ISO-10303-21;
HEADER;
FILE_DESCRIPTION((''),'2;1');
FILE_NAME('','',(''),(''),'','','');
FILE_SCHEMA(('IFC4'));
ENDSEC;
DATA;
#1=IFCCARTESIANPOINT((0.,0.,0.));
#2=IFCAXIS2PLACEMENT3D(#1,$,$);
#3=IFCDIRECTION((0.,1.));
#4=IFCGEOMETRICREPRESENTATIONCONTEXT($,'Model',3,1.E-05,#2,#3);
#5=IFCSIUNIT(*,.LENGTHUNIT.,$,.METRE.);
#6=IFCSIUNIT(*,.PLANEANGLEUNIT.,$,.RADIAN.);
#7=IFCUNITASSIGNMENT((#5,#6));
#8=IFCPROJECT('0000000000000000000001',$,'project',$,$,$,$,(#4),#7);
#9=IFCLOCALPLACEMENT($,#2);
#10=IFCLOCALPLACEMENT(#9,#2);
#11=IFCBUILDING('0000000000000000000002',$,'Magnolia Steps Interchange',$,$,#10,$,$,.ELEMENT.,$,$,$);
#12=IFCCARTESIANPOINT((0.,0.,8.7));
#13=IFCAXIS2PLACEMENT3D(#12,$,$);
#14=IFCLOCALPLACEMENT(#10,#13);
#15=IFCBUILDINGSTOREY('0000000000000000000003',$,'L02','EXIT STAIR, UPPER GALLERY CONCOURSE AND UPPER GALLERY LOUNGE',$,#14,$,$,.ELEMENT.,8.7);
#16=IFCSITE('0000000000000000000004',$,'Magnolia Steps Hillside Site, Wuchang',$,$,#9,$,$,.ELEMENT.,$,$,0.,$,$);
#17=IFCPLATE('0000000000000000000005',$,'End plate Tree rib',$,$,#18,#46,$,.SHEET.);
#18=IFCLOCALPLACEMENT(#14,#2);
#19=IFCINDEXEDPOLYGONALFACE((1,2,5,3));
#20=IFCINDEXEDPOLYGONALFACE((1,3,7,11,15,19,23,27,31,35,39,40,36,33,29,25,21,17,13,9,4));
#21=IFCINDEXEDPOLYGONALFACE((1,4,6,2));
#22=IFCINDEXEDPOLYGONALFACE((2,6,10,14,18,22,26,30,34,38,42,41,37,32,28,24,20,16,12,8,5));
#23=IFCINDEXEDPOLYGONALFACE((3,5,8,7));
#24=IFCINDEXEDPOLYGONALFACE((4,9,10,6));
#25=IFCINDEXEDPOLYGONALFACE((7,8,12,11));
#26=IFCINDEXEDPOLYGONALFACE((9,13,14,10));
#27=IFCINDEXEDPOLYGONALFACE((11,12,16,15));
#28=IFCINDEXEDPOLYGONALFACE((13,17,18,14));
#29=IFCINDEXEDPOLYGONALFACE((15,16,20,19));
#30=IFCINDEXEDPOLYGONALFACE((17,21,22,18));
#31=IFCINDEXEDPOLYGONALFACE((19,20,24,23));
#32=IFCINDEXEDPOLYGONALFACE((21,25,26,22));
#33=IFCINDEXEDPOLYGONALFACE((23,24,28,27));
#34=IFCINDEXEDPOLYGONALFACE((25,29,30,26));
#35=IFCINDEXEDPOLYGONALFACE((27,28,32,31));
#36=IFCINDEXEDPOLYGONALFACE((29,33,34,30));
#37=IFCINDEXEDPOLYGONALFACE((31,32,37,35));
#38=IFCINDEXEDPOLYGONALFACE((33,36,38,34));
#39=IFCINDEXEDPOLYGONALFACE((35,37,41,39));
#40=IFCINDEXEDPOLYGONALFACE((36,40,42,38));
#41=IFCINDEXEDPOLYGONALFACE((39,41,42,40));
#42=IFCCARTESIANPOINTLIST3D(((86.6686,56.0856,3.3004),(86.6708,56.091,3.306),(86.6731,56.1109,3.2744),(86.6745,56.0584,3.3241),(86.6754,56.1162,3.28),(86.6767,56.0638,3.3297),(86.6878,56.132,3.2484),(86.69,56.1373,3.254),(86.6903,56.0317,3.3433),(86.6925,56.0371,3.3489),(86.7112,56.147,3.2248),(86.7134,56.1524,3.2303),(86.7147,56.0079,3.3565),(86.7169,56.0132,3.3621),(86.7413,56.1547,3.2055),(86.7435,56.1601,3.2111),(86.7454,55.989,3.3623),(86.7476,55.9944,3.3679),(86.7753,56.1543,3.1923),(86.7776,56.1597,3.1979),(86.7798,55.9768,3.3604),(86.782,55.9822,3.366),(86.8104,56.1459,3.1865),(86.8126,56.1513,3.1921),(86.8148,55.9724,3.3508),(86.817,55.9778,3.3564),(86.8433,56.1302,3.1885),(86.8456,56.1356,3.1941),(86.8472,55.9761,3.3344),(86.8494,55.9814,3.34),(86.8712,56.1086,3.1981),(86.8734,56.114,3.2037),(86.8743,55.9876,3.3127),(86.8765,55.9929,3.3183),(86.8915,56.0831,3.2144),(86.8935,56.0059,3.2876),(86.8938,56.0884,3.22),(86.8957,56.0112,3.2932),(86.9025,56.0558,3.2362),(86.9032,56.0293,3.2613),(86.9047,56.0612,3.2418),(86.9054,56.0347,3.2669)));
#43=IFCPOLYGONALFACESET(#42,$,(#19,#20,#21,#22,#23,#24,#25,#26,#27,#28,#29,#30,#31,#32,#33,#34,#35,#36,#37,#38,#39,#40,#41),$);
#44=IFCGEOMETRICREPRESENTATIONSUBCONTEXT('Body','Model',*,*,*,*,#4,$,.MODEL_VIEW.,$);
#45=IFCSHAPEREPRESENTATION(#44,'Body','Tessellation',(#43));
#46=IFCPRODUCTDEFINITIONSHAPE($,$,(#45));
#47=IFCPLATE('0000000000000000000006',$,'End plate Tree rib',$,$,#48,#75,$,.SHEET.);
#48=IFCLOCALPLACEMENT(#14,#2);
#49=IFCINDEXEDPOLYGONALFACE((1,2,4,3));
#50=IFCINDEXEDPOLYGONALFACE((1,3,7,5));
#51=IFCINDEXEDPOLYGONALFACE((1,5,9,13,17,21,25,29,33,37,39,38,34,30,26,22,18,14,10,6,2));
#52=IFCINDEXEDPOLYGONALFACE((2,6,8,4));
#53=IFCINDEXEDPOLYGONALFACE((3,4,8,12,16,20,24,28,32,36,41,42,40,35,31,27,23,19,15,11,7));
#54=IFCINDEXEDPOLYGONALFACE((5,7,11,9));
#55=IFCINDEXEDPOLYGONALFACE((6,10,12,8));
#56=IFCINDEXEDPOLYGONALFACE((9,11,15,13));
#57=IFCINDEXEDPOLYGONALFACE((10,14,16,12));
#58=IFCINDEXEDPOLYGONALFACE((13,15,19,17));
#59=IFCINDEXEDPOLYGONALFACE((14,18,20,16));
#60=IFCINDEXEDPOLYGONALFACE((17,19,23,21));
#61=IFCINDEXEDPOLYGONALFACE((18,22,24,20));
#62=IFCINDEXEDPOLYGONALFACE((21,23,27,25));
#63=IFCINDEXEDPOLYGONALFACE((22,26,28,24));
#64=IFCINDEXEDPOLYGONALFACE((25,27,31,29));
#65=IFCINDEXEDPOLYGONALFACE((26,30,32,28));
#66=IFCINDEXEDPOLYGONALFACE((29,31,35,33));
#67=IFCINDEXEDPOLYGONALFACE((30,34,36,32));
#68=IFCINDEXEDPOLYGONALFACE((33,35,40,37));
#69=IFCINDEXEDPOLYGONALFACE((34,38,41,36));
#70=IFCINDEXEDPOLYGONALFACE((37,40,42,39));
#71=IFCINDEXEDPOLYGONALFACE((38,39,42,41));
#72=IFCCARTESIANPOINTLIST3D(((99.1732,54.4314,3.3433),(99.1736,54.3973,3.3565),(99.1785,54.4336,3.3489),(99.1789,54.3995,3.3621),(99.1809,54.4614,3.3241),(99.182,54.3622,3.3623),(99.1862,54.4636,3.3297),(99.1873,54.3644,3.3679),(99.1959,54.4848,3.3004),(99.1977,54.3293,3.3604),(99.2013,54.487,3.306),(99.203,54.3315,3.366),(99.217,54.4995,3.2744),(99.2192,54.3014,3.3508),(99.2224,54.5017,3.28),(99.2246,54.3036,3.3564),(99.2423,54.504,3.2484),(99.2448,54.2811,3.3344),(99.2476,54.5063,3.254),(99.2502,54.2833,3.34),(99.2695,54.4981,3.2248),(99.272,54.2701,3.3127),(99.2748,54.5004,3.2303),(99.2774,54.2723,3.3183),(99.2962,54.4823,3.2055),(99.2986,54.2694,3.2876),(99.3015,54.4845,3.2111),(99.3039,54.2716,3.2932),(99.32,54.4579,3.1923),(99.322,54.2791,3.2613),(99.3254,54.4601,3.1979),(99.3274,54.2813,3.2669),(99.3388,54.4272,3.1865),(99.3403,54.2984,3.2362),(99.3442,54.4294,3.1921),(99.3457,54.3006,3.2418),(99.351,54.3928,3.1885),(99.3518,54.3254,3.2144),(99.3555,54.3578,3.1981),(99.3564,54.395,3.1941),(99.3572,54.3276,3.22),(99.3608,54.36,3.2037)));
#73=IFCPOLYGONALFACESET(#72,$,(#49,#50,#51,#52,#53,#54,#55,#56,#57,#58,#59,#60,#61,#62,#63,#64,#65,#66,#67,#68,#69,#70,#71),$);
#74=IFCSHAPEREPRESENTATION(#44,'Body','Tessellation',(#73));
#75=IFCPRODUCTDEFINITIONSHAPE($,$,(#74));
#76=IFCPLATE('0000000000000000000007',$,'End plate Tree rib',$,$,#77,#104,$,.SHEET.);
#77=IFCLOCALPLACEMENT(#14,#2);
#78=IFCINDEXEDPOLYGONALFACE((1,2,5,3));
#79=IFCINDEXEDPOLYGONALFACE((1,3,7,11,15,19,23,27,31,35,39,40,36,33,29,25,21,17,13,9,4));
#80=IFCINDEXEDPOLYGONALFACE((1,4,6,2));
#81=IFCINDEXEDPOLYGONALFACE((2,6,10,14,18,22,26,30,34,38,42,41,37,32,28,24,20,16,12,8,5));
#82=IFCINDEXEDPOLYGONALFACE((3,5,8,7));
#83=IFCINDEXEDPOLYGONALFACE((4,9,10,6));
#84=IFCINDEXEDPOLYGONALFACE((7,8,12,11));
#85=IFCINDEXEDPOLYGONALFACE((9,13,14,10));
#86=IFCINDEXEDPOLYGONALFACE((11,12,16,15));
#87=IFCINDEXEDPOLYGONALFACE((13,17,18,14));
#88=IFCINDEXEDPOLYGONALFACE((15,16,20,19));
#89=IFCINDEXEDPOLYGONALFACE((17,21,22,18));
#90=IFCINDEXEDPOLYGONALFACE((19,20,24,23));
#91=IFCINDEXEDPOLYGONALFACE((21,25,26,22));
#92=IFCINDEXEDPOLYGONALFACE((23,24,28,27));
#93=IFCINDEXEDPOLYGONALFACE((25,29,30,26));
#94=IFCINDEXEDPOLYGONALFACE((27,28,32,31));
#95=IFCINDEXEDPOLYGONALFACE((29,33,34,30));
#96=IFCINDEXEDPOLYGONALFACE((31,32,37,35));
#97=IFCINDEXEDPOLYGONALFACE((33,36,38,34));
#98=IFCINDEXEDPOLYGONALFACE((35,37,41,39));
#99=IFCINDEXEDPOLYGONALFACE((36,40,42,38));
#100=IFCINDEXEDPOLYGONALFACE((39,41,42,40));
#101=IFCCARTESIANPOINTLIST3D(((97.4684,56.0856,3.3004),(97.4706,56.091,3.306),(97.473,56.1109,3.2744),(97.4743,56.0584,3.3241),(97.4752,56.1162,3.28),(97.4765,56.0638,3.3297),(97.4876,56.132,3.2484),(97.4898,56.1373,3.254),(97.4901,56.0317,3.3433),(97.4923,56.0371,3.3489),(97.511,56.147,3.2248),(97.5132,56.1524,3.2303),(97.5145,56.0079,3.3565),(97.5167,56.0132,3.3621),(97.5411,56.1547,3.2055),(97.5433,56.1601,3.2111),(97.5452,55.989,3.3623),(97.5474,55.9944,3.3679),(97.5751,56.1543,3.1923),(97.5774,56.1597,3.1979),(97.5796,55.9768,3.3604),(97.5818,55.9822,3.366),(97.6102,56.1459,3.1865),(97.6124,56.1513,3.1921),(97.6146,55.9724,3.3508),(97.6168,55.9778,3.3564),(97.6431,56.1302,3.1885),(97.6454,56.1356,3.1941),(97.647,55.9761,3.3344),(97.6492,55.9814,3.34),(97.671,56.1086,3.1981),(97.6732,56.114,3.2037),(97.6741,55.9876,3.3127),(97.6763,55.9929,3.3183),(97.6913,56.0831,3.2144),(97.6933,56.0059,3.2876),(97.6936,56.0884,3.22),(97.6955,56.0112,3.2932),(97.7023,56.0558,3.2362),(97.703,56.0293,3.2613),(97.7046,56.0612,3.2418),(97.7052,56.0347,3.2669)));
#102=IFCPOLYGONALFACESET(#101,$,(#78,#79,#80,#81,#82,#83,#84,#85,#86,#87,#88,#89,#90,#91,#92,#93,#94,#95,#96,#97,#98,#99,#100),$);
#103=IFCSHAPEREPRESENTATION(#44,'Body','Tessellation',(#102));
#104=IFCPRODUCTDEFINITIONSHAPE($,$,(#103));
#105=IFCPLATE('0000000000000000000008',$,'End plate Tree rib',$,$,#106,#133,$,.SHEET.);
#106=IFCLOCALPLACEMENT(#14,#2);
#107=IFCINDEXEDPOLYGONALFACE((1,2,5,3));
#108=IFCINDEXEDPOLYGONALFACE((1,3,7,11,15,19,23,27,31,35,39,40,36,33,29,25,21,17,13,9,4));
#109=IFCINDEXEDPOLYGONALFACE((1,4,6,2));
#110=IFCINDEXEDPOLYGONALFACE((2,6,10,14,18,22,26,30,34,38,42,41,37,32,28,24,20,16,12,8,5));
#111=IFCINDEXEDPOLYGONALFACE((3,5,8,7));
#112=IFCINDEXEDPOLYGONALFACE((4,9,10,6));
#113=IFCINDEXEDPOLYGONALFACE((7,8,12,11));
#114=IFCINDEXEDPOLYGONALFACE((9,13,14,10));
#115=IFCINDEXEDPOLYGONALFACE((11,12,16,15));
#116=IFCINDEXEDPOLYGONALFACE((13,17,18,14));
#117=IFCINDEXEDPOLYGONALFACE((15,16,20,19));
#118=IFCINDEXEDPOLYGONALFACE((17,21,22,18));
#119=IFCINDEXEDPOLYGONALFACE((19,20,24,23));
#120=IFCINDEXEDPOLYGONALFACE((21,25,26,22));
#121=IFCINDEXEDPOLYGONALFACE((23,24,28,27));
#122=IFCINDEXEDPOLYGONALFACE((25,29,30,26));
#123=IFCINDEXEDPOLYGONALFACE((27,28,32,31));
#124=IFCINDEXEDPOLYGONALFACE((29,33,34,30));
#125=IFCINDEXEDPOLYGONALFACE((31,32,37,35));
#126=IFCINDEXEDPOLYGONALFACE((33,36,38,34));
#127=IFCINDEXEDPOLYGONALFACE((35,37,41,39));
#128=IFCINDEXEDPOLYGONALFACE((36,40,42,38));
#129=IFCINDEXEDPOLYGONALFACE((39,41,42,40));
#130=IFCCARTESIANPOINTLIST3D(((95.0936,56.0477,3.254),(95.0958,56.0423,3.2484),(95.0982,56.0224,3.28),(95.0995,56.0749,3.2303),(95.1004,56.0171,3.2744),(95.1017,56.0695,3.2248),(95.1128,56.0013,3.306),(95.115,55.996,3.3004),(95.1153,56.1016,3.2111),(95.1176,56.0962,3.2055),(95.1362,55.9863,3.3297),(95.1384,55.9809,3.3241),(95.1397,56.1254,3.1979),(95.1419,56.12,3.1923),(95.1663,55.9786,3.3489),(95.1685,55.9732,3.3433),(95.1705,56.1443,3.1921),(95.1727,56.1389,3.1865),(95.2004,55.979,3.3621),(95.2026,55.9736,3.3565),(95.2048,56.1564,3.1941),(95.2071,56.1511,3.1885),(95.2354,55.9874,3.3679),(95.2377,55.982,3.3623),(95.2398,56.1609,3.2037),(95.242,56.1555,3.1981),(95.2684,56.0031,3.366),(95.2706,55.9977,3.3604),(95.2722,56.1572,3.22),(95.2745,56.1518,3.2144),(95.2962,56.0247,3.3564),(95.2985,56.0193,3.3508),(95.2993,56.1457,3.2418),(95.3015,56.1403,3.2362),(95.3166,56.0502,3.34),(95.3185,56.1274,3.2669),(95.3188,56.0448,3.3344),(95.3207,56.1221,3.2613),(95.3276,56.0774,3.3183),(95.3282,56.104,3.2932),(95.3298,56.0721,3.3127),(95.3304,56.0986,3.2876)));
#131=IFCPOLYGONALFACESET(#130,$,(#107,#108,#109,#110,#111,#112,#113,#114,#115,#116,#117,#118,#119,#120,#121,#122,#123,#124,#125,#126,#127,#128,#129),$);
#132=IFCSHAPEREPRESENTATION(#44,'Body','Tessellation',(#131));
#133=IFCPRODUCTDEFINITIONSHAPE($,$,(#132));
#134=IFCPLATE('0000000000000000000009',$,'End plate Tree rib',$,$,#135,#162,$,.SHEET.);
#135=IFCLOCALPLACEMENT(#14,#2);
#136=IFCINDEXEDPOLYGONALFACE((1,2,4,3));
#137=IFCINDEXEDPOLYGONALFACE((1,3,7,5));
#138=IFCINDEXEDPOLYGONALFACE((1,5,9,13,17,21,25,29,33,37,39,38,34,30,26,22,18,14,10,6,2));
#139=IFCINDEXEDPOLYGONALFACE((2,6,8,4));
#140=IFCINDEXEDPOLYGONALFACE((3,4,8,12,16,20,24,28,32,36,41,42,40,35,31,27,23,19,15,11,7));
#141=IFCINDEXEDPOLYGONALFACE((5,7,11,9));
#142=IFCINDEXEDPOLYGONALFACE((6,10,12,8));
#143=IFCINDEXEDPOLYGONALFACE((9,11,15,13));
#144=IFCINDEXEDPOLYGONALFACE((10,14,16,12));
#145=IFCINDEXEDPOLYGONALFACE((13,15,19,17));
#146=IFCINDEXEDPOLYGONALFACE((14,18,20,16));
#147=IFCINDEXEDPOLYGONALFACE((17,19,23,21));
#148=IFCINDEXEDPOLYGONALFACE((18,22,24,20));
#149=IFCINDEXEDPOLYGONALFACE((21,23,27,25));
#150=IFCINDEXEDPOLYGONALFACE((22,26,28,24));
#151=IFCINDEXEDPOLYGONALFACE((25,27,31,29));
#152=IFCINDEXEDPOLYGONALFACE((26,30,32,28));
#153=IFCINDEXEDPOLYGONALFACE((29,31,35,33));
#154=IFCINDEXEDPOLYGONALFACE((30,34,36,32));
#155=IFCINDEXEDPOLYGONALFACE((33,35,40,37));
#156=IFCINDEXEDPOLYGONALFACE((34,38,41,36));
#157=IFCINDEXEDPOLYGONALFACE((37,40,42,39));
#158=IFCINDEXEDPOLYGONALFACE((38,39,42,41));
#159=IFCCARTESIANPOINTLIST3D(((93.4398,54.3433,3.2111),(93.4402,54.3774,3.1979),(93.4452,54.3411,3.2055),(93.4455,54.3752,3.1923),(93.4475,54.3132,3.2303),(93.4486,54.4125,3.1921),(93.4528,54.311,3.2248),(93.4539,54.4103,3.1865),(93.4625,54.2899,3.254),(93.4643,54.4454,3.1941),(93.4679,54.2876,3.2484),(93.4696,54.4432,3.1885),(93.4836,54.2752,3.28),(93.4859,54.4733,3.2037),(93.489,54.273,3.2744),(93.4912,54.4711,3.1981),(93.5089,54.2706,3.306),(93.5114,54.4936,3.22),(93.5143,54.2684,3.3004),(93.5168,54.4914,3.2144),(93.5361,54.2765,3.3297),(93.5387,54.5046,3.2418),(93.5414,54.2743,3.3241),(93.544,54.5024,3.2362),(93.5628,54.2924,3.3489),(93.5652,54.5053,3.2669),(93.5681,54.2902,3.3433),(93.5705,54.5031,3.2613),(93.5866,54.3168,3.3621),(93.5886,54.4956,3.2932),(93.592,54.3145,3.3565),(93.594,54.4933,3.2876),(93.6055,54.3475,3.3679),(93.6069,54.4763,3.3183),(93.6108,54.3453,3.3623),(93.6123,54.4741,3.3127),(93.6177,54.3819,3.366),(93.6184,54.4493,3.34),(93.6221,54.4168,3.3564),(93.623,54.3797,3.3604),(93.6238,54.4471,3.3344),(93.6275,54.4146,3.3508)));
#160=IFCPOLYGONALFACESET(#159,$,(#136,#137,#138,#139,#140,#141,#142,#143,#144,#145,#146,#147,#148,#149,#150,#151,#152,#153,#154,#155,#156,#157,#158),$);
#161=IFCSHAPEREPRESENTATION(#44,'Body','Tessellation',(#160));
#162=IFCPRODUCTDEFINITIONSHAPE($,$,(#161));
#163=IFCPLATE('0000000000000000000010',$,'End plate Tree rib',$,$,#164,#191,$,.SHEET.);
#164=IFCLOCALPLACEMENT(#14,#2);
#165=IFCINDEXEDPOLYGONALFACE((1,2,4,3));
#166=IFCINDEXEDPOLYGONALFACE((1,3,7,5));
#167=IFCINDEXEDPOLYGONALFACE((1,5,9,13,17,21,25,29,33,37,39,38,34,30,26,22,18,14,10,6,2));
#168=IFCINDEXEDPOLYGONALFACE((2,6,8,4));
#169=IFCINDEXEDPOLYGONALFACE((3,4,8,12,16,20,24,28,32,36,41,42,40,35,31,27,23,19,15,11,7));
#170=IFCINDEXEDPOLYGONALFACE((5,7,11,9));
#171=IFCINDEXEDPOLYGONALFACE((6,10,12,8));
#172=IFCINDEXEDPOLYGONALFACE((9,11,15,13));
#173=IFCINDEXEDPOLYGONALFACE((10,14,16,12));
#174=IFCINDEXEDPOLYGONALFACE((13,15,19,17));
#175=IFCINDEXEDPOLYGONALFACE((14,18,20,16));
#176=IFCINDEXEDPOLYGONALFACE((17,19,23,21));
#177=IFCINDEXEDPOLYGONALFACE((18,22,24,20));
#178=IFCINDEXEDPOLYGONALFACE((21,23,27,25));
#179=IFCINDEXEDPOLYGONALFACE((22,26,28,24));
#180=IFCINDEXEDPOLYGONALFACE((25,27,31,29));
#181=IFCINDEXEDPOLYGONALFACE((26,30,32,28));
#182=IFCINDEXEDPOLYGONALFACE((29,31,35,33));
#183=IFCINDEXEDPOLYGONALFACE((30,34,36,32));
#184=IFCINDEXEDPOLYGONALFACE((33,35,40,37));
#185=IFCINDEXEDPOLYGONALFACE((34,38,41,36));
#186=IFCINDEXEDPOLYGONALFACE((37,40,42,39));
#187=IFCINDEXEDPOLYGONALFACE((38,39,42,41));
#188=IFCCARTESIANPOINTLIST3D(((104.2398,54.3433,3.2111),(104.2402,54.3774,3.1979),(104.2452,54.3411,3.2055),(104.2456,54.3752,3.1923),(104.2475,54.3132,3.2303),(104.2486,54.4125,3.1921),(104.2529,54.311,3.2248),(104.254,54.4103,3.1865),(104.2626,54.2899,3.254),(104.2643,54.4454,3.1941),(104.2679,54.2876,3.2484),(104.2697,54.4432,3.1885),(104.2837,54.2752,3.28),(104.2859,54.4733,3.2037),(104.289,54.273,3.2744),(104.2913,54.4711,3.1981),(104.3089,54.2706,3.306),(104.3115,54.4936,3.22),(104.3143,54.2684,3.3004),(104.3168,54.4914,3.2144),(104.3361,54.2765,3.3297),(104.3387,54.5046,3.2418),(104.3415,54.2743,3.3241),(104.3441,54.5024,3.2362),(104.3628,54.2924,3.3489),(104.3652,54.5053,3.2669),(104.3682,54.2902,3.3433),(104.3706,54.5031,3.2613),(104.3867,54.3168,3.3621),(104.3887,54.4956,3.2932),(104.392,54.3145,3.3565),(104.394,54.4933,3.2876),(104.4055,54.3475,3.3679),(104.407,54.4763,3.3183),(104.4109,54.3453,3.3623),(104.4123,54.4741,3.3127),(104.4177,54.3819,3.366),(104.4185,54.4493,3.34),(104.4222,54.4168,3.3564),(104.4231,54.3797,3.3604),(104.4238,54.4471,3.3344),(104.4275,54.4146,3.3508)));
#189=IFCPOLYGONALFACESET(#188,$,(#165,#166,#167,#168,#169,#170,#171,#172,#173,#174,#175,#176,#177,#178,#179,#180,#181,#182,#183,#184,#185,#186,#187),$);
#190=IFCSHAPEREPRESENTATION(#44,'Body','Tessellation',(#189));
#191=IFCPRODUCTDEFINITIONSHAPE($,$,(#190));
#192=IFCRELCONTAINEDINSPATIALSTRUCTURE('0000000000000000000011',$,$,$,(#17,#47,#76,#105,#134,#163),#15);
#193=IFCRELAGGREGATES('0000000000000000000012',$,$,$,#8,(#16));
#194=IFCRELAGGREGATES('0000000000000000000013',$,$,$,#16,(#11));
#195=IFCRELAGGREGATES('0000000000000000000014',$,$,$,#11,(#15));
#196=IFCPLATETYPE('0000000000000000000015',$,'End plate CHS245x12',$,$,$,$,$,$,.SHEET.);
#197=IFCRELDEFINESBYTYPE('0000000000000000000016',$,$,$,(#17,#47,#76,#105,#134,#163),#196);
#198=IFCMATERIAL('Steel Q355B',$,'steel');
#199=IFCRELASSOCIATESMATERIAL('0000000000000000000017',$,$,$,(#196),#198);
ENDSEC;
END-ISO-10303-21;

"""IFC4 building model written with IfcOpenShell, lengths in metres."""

from ifc_helpers import new_model, si_unit, direction, frame, origin, origin_2d, place, context, subcontext, project, spatial, circle, extrude, material, material_profile, profile_set, type_object, element, save


model = new_model("IFC4")

# Units and contexts
model_context = context("Model", 3, precision=1e-05, world=origin(), true_north=direction((0.0, 1.0)))
body_context = subcontext(model_context, "Body", "Model", "MODEL_VIEW")
ifc_project = project(units=[si_unit("LENGTHUNIT", "METRE"), si_unit("PLANEANGLEUNIT", "RADIAN")], contexts=[model_context])

# Site, building, storey
site_placement = place(None, origin())
site = spatial("IfcSite", under=ifc_project, at=site_placement, Name="Magnolia Steps Hillside Site, Wuchang", CompositionType="ELEMENT", RefElevation=0.0)
building_placement = place(site_placement, origin())
building = spatial("IfcBuilding", under=site, at=building_placement, Name="Magnolia Steps Interchange", CompositionType="ELEMENT")
storey_placement = place(building_placement, frame((0.0, 0.0, 8.7)))
storey = spatial("IfcBuildingStorey", under=building, at=storey_placement, Name="L02", Description="EXIT STAIR, UPPER GALLERY CONCOURSE AND UPPER GALLERY LOUNGE", CompositionType="ELEMENT", Elevation=8.7)

# Plates
ifc_material_1 = material(Name="Steel Q355B", Category="steel")
ifc_material_profile_1 = material_profile(ifc_material_1, circle(Radius=0.1226, at=origin_2d()), Name="End plate CHS245x12")
ifc_profile_set_1 = profile_set([ifc_material_profile_1], Name="Steel Q355B")
plate_type = type_object("IfcPlateType", Name="End plate CHS245x12", PredefinedType="SHEET", material=ifc_profile_set_1)
for number, where, z_axis, x_axis, name in (
    (1, (86.7864, 56.064, 3.2744), (0.275279, 0.664583, 0.694658), (-0.92388, 0.382683, 0.0), "End plate Tree rib"),
    (2, (99.2639, 54.3862, 3.2744), (0.664583, 0.275279, 0.694658), (-0.382683, 0.92388, 0.0), "End plate Tree rib"),
    (3, (97.5862, 56.064, 3.2744), (0.275279, 0.664583, 0.694658), (-0.92388, 0.382683, 0.0), "End plate Tree rib"),
    (4, (95.2136, 56.064, 3.2744), (-0.275279, 0.664583, 0.694658), (-0.92388, -0.382683, 0.0), "End plate Tree rib"),
    (5, (93.5359, 54.3862, 3.2744), (-0.664583, 0.275279, 0.694658), (-0.382683, -0.92388, 0.0), "End plate Tree rib"),
    (6, (104.3359, 54.3862, 3.2744), (-0.664583, 0.275279, 0.694658), (-0.382683, -0.92388, 0.0), "End plate Tree rib"),
):
    element("IfcPlate", number, at=place(storey_placement, frame(where, z_axis=z_axis, x_axis=x_axis)), inside=storey, type_object=plate_type, Name=name, PredefinedType="SHEET", context=body_context, shape_type="SweptSolid", body=[
        extrude(circle(Radius=0.1226, at=origin_2d()), origin(), (0.0, 0.0, 1.0), 0.0081),
    ])

save(model, "model.ifc")
